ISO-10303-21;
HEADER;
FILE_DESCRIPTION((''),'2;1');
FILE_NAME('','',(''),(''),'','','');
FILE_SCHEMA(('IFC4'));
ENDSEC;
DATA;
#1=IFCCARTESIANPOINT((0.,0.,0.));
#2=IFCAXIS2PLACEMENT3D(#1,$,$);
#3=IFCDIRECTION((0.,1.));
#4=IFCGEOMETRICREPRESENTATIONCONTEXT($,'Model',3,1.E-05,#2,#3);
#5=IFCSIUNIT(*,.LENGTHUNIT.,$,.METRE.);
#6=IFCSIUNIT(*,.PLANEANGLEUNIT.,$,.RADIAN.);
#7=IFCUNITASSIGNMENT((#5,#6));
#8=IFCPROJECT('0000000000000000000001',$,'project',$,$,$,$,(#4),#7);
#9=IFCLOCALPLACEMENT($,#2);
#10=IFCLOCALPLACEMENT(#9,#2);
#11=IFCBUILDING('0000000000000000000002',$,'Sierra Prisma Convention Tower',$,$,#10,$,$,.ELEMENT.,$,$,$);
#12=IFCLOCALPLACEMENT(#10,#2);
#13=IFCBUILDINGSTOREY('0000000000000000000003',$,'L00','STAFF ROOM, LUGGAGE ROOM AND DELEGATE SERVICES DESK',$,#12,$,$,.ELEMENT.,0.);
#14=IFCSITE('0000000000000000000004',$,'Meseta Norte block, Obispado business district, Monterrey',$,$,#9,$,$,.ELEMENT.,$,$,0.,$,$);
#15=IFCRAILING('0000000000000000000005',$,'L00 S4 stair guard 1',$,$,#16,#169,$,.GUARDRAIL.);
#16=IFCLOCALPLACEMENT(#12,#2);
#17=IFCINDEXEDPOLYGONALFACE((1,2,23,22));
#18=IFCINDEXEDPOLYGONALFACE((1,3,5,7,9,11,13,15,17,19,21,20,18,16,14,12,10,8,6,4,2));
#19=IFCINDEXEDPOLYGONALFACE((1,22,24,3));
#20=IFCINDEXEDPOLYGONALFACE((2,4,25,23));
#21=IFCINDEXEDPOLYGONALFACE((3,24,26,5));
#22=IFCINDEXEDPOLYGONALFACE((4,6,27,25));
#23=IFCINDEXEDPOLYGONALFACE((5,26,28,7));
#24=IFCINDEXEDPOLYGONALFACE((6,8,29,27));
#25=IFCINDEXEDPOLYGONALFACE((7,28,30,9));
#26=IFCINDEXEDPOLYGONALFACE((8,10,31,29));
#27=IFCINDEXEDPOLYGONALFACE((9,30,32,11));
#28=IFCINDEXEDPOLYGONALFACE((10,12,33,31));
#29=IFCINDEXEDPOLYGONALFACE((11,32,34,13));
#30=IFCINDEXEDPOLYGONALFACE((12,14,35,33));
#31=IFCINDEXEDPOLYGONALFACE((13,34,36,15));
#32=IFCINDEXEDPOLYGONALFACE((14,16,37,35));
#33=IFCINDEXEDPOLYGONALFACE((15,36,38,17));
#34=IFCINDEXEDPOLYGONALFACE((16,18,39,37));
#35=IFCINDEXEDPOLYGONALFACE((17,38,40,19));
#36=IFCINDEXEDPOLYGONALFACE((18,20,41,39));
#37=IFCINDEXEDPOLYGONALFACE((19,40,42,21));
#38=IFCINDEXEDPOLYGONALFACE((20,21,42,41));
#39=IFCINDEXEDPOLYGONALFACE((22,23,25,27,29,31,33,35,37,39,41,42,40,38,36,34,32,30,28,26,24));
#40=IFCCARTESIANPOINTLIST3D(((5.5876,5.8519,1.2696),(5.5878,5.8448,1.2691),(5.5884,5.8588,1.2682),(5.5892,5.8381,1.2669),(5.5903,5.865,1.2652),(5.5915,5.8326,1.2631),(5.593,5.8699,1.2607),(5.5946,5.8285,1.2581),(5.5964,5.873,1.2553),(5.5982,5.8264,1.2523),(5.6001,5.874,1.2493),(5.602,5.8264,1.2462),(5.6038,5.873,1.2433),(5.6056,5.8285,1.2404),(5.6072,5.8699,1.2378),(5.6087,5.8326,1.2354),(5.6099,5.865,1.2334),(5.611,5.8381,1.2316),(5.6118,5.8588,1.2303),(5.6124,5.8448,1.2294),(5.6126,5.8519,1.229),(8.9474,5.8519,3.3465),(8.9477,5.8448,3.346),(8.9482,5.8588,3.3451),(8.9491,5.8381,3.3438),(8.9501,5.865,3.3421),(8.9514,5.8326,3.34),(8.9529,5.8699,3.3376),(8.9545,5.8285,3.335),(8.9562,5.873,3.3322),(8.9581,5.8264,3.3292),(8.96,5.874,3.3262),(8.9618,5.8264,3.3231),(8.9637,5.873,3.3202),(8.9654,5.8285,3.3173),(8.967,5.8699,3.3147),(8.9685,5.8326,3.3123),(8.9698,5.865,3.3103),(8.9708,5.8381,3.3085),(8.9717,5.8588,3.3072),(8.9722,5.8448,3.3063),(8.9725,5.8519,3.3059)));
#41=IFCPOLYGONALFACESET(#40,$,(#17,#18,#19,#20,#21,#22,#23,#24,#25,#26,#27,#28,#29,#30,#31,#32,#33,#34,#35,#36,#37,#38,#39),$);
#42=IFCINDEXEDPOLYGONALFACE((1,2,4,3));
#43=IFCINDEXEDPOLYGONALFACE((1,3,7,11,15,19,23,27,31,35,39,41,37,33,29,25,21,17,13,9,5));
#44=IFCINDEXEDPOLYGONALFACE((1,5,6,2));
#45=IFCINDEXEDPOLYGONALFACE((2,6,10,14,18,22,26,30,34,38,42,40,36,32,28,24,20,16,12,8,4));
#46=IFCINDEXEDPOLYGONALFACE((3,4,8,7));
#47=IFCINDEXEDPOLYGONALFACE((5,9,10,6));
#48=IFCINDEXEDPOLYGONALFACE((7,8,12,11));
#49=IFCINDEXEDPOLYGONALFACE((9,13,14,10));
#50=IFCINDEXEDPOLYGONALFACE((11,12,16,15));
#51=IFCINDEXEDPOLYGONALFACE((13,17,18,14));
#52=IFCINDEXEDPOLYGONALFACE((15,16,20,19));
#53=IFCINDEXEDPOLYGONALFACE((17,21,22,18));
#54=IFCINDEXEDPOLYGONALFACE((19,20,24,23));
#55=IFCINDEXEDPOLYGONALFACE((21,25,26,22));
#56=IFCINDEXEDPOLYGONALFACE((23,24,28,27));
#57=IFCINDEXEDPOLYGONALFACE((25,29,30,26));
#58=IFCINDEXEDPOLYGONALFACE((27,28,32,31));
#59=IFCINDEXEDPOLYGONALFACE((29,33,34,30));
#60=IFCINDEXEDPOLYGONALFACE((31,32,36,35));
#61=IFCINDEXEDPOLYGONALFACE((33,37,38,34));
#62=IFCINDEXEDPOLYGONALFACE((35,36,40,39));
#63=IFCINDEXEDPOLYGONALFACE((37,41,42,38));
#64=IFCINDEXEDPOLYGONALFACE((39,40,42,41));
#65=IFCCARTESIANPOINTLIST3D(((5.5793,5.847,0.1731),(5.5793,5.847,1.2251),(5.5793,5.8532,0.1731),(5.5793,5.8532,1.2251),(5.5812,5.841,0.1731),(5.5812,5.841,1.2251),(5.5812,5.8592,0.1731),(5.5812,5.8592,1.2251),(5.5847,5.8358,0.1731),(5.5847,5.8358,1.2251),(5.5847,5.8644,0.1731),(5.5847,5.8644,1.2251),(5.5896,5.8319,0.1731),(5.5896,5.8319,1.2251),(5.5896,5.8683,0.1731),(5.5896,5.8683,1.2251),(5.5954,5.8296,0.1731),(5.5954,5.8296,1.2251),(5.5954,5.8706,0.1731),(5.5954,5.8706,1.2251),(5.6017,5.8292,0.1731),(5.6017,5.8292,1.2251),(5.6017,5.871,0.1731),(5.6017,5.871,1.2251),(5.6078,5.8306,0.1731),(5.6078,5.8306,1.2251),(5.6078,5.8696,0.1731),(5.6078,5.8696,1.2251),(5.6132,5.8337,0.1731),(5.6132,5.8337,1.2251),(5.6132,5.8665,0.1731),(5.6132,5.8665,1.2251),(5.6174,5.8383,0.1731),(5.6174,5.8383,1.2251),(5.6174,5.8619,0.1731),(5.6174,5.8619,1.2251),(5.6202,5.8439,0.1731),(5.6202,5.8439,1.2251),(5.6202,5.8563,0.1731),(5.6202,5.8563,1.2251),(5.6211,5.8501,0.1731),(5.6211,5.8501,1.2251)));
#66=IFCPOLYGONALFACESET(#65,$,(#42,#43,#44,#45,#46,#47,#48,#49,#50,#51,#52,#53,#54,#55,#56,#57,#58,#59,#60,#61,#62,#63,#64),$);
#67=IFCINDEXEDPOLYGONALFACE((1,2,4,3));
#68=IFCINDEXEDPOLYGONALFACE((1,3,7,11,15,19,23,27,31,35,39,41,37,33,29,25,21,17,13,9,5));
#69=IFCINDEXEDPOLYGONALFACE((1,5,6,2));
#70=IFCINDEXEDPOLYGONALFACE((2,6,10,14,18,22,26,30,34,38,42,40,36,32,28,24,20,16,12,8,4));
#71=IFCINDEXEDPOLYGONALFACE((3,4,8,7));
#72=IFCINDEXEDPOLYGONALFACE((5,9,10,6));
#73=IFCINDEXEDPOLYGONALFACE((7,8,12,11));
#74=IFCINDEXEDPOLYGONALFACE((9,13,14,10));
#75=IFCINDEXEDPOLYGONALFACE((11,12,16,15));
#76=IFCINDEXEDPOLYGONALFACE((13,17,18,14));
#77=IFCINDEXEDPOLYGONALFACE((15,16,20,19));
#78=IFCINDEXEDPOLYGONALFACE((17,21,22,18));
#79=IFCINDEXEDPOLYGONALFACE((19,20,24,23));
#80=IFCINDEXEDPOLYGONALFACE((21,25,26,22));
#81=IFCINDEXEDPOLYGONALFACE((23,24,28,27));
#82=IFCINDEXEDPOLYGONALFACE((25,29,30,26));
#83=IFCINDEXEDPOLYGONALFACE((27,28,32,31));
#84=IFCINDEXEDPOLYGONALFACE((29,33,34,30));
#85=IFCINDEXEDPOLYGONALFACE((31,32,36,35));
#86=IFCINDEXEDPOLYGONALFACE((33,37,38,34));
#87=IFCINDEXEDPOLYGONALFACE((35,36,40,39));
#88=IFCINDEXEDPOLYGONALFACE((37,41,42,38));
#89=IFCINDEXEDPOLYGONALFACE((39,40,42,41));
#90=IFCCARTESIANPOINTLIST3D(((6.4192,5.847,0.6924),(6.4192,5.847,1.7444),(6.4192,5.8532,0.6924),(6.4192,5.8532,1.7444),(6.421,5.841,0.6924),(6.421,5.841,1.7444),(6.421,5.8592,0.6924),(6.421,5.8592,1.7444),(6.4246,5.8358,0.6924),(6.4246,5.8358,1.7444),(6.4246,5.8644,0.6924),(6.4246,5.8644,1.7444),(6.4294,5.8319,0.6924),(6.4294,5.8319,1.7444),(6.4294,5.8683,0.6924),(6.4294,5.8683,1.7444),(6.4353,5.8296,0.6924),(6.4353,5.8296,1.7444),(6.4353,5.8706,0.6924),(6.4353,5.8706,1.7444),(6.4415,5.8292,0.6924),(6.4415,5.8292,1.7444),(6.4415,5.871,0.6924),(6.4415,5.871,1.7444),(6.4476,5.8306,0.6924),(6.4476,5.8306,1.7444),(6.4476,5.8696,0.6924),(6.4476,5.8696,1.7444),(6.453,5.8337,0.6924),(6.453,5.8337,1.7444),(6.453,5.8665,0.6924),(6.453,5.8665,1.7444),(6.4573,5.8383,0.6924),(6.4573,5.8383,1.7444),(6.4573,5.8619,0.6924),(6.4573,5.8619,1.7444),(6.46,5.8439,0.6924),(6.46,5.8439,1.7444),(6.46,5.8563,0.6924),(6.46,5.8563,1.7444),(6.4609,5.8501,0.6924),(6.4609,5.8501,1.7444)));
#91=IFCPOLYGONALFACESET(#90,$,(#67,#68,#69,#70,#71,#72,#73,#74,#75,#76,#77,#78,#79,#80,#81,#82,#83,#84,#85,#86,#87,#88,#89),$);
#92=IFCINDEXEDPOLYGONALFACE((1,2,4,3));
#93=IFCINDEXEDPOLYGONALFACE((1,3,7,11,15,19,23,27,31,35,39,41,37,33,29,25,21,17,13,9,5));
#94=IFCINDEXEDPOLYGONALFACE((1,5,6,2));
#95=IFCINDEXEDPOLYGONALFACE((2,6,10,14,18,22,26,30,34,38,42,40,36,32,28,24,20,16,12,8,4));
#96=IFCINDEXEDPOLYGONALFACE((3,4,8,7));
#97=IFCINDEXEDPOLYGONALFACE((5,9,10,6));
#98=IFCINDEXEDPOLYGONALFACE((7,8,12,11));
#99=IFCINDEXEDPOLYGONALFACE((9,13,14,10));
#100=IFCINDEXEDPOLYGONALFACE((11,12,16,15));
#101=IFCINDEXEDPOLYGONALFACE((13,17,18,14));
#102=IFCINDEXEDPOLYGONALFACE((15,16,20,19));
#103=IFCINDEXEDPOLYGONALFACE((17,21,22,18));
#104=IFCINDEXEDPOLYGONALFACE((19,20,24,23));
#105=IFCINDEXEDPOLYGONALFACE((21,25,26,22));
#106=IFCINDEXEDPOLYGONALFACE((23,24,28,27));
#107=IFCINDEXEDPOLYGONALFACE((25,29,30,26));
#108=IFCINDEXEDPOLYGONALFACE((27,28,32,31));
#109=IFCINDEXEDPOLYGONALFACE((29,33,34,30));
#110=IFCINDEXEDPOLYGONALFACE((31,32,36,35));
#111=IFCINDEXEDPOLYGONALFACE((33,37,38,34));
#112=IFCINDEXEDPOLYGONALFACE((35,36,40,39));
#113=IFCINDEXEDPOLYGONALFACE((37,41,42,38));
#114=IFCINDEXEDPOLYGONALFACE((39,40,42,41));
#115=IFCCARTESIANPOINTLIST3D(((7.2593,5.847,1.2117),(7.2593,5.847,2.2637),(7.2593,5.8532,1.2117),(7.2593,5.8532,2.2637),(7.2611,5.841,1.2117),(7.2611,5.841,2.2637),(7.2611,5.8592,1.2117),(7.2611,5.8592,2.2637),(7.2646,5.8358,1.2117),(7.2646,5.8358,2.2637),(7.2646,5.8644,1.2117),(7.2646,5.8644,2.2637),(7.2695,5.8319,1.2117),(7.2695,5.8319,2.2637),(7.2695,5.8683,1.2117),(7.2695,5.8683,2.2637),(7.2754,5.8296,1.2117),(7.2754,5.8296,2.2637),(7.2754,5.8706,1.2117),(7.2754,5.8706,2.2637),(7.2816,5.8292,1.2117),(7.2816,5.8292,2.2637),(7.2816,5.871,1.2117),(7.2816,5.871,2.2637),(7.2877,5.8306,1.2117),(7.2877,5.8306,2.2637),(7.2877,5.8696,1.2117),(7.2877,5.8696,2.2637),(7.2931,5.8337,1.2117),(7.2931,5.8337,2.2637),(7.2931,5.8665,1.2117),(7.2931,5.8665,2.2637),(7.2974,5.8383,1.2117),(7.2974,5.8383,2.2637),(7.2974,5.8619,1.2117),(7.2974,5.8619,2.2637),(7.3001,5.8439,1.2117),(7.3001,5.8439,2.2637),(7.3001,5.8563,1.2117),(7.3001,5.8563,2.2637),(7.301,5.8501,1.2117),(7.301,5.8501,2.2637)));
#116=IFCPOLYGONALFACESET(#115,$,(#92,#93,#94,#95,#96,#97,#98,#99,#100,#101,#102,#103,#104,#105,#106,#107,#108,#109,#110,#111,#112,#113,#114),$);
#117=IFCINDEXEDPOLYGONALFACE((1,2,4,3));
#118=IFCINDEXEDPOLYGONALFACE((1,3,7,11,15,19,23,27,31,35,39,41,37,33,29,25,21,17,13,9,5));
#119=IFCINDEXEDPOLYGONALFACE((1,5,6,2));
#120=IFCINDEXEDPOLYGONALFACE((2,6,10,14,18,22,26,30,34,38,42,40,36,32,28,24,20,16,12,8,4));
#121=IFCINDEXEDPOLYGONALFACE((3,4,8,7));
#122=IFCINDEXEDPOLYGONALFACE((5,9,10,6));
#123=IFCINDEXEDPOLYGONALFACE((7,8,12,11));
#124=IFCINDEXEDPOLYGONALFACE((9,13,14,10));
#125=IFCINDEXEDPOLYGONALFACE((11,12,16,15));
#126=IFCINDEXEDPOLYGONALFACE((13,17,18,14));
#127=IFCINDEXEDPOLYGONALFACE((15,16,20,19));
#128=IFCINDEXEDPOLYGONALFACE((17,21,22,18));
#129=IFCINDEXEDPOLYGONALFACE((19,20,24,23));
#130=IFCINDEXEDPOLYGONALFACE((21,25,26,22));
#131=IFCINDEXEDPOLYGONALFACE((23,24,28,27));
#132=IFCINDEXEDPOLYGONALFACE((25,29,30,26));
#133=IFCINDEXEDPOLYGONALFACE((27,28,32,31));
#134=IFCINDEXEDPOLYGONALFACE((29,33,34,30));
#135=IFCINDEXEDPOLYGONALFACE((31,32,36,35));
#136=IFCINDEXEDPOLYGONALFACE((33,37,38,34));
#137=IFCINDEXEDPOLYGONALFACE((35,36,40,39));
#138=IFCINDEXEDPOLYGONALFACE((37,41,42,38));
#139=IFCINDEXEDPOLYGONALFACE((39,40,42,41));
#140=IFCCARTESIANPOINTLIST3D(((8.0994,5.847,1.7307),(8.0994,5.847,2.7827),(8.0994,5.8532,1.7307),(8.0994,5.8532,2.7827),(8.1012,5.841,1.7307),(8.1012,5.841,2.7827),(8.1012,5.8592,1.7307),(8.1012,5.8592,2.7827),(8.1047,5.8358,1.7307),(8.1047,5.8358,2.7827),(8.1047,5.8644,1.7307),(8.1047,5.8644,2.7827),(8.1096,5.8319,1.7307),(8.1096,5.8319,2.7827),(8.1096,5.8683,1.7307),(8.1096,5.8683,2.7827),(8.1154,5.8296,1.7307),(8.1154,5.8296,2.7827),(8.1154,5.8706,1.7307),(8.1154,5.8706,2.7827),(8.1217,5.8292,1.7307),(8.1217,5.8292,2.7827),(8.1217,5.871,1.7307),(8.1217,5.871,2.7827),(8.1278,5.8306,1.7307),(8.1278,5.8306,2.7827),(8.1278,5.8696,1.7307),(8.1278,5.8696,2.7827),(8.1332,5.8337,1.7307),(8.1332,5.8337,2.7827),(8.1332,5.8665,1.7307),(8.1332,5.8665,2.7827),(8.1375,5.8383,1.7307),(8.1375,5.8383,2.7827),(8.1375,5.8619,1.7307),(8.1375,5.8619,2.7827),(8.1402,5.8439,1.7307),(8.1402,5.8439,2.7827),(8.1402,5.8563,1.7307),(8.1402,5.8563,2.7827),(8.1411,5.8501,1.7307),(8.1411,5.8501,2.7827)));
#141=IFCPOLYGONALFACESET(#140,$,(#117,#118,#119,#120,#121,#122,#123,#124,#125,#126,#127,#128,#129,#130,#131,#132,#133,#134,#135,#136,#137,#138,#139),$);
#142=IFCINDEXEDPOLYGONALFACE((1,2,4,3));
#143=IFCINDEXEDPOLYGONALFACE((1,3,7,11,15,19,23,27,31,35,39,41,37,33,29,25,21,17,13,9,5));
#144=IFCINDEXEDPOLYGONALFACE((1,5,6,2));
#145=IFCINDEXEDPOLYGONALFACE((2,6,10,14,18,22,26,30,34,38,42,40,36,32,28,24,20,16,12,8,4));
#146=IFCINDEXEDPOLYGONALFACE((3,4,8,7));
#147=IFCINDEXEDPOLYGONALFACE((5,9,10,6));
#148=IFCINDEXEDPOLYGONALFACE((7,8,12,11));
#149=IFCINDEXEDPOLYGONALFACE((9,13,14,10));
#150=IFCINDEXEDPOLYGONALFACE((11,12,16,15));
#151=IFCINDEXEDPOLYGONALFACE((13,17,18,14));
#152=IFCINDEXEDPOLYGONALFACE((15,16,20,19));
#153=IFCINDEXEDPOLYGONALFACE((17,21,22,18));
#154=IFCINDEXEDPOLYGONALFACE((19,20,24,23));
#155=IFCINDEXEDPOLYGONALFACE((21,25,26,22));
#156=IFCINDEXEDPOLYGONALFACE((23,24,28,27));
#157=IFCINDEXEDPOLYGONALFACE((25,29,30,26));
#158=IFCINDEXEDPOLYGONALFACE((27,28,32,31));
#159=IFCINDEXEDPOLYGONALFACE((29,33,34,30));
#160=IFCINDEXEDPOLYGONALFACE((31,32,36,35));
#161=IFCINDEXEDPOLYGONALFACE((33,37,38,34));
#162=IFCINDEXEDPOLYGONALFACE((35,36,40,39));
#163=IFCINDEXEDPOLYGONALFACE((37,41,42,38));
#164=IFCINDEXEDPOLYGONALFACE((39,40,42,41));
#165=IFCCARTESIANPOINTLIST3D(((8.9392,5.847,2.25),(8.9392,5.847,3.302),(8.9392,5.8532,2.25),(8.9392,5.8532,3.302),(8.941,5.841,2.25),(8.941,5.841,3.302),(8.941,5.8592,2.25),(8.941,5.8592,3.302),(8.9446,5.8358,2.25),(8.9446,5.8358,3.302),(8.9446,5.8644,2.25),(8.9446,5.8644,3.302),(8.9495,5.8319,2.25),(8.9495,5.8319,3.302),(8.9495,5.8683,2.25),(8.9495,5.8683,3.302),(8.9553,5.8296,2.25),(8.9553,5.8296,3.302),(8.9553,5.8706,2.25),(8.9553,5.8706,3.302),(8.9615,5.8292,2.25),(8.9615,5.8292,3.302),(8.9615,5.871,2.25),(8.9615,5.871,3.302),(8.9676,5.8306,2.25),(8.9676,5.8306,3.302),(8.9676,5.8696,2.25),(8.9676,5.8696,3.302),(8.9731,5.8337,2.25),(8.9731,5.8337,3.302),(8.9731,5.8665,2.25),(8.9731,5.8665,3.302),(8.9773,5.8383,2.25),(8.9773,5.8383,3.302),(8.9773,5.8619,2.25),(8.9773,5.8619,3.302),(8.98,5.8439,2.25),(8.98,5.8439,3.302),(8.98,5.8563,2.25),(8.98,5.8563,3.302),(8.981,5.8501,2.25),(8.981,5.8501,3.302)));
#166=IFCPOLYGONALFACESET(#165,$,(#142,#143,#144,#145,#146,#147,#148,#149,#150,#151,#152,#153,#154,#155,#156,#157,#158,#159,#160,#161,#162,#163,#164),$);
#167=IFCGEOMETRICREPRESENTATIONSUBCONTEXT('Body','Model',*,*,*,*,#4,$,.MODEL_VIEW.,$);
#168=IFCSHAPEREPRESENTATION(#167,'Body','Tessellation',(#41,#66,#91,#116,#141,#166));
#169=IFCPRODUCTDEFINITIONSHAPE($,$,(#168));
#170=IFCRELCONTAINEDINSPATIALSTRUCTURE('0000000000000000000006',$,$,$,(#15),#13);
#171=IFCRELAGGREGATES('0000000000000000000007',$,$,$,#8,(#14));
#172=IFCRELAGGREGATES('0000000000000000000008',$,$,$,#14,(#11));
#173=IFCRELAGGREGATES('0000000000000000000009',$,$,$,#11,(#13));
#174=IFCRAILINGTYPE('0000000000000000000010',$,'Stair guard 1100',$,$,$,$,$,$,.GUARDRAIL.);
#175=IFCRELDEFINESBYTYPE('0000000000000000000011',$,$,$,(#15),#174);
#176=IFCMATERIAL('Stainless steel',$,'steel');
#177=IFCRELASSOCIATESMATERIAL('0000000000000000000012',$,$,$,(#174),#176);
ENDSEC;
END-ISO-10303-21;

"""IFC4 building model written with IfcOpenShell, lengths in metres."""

from ifc_helpers import new_model, si_unit, direction, frame, origin, origin_2d, place, context, subcontext, project, spatial, circle, extrude, material, type_object, element, save


model = new_model("IFC4")

# Units and contexts
model_context = context("Model", 3, precision=1e-05, world=origin(), true_north=direction((0.0, 1.0)))
body_context = subcontext(model_context, "Body", "Model", "MODEL_VIEW")
ifc_project = project(units=[si_unit("LENGTHUNIT", "METRE"), si_unit("PLANEANGLEUNIT", "RADIAN")], contexts=[model_context])

# Site, building, storey
site_placement = place(None, origin())
site = spatial("IfcSite", under=ifc_project, at=site_placement, Name="Meseta Norte block, Obispado business district, Monterrey", CompositionType="ELEMENT", RefElevation=0.0)
building_placement = place(site_placement, origin())
building = spatial("IfcBuilding", under=site, at=building_placement, Name="Sierra Prisma Convention Tower", CompositionType="ELEMENT")
storey_placement = place(building_placement, origin())
storey = spatial("IfcBuildingStorey", under=building, at=storey_placement, Name="L00", Description="STAFF ROOM, LUGGAGE ROOM AND DELEGATE SERVICES DESK", CompositionType="ELEMENT", Elevation=0.0)

# Railing
ifc_material_1 = material(Name="Stainless steel", Category="steel")
railing_type_1 = type_object("IfcRailingType", Name="Stair guard 1100", PredefinedType="GUARDRAIL", material=ifc_material_1)
railing_1_placement = place(storey_placement, frame((5.6001, 5.8501, 0.1731)))
element("IfcRailing", 1, at=railing_1_placement, inside=storey, type_object=railing_type_1, Name="L00 S4 stair guard 1", PredefinedType="GUARDRAIL", context=body_context, shape_type="SweptSolid", body=[
    extrude(circle(Radius=0.0239, at=origin_2d()), frame((0.0, 0.0, 1.0762), z_axis=(0.850606, 0.0, 0.525803), x_axis=(0.0, 1.0, 0.0)), (0.0, 0.0, 1.0), 3.95),
    extrude(circle(Radius=0.021, at=origin_2d()), origin(), (0.0, 0.0, 1.0), 1.052),
    extrude(circle(Radius=0.021, at=origin_2d()), frame((0.8398, 0.0, 0.5193)), (0.0, 0.0, 1.0), 1.052),
    extrude(circle(Radius=0.021, at=origin_2d()), frame((1.6799, 0.0, 1.0386)), (0.0, 0.0, 1.0), 1.052),
    extrude(circle(Radius=0.021, at=origin_2d()), frame((2.52, 0.0, 1.5576)), (0.0, 0.0, 1.0), 1.052),
    extrude(circle(Radius=0.021, at=origin_2d()), frame((3.3599, 0.0, 2.0769)), (0.0, 0.0, 1.0), 1.052),
])

save(model, "model.ifc")
